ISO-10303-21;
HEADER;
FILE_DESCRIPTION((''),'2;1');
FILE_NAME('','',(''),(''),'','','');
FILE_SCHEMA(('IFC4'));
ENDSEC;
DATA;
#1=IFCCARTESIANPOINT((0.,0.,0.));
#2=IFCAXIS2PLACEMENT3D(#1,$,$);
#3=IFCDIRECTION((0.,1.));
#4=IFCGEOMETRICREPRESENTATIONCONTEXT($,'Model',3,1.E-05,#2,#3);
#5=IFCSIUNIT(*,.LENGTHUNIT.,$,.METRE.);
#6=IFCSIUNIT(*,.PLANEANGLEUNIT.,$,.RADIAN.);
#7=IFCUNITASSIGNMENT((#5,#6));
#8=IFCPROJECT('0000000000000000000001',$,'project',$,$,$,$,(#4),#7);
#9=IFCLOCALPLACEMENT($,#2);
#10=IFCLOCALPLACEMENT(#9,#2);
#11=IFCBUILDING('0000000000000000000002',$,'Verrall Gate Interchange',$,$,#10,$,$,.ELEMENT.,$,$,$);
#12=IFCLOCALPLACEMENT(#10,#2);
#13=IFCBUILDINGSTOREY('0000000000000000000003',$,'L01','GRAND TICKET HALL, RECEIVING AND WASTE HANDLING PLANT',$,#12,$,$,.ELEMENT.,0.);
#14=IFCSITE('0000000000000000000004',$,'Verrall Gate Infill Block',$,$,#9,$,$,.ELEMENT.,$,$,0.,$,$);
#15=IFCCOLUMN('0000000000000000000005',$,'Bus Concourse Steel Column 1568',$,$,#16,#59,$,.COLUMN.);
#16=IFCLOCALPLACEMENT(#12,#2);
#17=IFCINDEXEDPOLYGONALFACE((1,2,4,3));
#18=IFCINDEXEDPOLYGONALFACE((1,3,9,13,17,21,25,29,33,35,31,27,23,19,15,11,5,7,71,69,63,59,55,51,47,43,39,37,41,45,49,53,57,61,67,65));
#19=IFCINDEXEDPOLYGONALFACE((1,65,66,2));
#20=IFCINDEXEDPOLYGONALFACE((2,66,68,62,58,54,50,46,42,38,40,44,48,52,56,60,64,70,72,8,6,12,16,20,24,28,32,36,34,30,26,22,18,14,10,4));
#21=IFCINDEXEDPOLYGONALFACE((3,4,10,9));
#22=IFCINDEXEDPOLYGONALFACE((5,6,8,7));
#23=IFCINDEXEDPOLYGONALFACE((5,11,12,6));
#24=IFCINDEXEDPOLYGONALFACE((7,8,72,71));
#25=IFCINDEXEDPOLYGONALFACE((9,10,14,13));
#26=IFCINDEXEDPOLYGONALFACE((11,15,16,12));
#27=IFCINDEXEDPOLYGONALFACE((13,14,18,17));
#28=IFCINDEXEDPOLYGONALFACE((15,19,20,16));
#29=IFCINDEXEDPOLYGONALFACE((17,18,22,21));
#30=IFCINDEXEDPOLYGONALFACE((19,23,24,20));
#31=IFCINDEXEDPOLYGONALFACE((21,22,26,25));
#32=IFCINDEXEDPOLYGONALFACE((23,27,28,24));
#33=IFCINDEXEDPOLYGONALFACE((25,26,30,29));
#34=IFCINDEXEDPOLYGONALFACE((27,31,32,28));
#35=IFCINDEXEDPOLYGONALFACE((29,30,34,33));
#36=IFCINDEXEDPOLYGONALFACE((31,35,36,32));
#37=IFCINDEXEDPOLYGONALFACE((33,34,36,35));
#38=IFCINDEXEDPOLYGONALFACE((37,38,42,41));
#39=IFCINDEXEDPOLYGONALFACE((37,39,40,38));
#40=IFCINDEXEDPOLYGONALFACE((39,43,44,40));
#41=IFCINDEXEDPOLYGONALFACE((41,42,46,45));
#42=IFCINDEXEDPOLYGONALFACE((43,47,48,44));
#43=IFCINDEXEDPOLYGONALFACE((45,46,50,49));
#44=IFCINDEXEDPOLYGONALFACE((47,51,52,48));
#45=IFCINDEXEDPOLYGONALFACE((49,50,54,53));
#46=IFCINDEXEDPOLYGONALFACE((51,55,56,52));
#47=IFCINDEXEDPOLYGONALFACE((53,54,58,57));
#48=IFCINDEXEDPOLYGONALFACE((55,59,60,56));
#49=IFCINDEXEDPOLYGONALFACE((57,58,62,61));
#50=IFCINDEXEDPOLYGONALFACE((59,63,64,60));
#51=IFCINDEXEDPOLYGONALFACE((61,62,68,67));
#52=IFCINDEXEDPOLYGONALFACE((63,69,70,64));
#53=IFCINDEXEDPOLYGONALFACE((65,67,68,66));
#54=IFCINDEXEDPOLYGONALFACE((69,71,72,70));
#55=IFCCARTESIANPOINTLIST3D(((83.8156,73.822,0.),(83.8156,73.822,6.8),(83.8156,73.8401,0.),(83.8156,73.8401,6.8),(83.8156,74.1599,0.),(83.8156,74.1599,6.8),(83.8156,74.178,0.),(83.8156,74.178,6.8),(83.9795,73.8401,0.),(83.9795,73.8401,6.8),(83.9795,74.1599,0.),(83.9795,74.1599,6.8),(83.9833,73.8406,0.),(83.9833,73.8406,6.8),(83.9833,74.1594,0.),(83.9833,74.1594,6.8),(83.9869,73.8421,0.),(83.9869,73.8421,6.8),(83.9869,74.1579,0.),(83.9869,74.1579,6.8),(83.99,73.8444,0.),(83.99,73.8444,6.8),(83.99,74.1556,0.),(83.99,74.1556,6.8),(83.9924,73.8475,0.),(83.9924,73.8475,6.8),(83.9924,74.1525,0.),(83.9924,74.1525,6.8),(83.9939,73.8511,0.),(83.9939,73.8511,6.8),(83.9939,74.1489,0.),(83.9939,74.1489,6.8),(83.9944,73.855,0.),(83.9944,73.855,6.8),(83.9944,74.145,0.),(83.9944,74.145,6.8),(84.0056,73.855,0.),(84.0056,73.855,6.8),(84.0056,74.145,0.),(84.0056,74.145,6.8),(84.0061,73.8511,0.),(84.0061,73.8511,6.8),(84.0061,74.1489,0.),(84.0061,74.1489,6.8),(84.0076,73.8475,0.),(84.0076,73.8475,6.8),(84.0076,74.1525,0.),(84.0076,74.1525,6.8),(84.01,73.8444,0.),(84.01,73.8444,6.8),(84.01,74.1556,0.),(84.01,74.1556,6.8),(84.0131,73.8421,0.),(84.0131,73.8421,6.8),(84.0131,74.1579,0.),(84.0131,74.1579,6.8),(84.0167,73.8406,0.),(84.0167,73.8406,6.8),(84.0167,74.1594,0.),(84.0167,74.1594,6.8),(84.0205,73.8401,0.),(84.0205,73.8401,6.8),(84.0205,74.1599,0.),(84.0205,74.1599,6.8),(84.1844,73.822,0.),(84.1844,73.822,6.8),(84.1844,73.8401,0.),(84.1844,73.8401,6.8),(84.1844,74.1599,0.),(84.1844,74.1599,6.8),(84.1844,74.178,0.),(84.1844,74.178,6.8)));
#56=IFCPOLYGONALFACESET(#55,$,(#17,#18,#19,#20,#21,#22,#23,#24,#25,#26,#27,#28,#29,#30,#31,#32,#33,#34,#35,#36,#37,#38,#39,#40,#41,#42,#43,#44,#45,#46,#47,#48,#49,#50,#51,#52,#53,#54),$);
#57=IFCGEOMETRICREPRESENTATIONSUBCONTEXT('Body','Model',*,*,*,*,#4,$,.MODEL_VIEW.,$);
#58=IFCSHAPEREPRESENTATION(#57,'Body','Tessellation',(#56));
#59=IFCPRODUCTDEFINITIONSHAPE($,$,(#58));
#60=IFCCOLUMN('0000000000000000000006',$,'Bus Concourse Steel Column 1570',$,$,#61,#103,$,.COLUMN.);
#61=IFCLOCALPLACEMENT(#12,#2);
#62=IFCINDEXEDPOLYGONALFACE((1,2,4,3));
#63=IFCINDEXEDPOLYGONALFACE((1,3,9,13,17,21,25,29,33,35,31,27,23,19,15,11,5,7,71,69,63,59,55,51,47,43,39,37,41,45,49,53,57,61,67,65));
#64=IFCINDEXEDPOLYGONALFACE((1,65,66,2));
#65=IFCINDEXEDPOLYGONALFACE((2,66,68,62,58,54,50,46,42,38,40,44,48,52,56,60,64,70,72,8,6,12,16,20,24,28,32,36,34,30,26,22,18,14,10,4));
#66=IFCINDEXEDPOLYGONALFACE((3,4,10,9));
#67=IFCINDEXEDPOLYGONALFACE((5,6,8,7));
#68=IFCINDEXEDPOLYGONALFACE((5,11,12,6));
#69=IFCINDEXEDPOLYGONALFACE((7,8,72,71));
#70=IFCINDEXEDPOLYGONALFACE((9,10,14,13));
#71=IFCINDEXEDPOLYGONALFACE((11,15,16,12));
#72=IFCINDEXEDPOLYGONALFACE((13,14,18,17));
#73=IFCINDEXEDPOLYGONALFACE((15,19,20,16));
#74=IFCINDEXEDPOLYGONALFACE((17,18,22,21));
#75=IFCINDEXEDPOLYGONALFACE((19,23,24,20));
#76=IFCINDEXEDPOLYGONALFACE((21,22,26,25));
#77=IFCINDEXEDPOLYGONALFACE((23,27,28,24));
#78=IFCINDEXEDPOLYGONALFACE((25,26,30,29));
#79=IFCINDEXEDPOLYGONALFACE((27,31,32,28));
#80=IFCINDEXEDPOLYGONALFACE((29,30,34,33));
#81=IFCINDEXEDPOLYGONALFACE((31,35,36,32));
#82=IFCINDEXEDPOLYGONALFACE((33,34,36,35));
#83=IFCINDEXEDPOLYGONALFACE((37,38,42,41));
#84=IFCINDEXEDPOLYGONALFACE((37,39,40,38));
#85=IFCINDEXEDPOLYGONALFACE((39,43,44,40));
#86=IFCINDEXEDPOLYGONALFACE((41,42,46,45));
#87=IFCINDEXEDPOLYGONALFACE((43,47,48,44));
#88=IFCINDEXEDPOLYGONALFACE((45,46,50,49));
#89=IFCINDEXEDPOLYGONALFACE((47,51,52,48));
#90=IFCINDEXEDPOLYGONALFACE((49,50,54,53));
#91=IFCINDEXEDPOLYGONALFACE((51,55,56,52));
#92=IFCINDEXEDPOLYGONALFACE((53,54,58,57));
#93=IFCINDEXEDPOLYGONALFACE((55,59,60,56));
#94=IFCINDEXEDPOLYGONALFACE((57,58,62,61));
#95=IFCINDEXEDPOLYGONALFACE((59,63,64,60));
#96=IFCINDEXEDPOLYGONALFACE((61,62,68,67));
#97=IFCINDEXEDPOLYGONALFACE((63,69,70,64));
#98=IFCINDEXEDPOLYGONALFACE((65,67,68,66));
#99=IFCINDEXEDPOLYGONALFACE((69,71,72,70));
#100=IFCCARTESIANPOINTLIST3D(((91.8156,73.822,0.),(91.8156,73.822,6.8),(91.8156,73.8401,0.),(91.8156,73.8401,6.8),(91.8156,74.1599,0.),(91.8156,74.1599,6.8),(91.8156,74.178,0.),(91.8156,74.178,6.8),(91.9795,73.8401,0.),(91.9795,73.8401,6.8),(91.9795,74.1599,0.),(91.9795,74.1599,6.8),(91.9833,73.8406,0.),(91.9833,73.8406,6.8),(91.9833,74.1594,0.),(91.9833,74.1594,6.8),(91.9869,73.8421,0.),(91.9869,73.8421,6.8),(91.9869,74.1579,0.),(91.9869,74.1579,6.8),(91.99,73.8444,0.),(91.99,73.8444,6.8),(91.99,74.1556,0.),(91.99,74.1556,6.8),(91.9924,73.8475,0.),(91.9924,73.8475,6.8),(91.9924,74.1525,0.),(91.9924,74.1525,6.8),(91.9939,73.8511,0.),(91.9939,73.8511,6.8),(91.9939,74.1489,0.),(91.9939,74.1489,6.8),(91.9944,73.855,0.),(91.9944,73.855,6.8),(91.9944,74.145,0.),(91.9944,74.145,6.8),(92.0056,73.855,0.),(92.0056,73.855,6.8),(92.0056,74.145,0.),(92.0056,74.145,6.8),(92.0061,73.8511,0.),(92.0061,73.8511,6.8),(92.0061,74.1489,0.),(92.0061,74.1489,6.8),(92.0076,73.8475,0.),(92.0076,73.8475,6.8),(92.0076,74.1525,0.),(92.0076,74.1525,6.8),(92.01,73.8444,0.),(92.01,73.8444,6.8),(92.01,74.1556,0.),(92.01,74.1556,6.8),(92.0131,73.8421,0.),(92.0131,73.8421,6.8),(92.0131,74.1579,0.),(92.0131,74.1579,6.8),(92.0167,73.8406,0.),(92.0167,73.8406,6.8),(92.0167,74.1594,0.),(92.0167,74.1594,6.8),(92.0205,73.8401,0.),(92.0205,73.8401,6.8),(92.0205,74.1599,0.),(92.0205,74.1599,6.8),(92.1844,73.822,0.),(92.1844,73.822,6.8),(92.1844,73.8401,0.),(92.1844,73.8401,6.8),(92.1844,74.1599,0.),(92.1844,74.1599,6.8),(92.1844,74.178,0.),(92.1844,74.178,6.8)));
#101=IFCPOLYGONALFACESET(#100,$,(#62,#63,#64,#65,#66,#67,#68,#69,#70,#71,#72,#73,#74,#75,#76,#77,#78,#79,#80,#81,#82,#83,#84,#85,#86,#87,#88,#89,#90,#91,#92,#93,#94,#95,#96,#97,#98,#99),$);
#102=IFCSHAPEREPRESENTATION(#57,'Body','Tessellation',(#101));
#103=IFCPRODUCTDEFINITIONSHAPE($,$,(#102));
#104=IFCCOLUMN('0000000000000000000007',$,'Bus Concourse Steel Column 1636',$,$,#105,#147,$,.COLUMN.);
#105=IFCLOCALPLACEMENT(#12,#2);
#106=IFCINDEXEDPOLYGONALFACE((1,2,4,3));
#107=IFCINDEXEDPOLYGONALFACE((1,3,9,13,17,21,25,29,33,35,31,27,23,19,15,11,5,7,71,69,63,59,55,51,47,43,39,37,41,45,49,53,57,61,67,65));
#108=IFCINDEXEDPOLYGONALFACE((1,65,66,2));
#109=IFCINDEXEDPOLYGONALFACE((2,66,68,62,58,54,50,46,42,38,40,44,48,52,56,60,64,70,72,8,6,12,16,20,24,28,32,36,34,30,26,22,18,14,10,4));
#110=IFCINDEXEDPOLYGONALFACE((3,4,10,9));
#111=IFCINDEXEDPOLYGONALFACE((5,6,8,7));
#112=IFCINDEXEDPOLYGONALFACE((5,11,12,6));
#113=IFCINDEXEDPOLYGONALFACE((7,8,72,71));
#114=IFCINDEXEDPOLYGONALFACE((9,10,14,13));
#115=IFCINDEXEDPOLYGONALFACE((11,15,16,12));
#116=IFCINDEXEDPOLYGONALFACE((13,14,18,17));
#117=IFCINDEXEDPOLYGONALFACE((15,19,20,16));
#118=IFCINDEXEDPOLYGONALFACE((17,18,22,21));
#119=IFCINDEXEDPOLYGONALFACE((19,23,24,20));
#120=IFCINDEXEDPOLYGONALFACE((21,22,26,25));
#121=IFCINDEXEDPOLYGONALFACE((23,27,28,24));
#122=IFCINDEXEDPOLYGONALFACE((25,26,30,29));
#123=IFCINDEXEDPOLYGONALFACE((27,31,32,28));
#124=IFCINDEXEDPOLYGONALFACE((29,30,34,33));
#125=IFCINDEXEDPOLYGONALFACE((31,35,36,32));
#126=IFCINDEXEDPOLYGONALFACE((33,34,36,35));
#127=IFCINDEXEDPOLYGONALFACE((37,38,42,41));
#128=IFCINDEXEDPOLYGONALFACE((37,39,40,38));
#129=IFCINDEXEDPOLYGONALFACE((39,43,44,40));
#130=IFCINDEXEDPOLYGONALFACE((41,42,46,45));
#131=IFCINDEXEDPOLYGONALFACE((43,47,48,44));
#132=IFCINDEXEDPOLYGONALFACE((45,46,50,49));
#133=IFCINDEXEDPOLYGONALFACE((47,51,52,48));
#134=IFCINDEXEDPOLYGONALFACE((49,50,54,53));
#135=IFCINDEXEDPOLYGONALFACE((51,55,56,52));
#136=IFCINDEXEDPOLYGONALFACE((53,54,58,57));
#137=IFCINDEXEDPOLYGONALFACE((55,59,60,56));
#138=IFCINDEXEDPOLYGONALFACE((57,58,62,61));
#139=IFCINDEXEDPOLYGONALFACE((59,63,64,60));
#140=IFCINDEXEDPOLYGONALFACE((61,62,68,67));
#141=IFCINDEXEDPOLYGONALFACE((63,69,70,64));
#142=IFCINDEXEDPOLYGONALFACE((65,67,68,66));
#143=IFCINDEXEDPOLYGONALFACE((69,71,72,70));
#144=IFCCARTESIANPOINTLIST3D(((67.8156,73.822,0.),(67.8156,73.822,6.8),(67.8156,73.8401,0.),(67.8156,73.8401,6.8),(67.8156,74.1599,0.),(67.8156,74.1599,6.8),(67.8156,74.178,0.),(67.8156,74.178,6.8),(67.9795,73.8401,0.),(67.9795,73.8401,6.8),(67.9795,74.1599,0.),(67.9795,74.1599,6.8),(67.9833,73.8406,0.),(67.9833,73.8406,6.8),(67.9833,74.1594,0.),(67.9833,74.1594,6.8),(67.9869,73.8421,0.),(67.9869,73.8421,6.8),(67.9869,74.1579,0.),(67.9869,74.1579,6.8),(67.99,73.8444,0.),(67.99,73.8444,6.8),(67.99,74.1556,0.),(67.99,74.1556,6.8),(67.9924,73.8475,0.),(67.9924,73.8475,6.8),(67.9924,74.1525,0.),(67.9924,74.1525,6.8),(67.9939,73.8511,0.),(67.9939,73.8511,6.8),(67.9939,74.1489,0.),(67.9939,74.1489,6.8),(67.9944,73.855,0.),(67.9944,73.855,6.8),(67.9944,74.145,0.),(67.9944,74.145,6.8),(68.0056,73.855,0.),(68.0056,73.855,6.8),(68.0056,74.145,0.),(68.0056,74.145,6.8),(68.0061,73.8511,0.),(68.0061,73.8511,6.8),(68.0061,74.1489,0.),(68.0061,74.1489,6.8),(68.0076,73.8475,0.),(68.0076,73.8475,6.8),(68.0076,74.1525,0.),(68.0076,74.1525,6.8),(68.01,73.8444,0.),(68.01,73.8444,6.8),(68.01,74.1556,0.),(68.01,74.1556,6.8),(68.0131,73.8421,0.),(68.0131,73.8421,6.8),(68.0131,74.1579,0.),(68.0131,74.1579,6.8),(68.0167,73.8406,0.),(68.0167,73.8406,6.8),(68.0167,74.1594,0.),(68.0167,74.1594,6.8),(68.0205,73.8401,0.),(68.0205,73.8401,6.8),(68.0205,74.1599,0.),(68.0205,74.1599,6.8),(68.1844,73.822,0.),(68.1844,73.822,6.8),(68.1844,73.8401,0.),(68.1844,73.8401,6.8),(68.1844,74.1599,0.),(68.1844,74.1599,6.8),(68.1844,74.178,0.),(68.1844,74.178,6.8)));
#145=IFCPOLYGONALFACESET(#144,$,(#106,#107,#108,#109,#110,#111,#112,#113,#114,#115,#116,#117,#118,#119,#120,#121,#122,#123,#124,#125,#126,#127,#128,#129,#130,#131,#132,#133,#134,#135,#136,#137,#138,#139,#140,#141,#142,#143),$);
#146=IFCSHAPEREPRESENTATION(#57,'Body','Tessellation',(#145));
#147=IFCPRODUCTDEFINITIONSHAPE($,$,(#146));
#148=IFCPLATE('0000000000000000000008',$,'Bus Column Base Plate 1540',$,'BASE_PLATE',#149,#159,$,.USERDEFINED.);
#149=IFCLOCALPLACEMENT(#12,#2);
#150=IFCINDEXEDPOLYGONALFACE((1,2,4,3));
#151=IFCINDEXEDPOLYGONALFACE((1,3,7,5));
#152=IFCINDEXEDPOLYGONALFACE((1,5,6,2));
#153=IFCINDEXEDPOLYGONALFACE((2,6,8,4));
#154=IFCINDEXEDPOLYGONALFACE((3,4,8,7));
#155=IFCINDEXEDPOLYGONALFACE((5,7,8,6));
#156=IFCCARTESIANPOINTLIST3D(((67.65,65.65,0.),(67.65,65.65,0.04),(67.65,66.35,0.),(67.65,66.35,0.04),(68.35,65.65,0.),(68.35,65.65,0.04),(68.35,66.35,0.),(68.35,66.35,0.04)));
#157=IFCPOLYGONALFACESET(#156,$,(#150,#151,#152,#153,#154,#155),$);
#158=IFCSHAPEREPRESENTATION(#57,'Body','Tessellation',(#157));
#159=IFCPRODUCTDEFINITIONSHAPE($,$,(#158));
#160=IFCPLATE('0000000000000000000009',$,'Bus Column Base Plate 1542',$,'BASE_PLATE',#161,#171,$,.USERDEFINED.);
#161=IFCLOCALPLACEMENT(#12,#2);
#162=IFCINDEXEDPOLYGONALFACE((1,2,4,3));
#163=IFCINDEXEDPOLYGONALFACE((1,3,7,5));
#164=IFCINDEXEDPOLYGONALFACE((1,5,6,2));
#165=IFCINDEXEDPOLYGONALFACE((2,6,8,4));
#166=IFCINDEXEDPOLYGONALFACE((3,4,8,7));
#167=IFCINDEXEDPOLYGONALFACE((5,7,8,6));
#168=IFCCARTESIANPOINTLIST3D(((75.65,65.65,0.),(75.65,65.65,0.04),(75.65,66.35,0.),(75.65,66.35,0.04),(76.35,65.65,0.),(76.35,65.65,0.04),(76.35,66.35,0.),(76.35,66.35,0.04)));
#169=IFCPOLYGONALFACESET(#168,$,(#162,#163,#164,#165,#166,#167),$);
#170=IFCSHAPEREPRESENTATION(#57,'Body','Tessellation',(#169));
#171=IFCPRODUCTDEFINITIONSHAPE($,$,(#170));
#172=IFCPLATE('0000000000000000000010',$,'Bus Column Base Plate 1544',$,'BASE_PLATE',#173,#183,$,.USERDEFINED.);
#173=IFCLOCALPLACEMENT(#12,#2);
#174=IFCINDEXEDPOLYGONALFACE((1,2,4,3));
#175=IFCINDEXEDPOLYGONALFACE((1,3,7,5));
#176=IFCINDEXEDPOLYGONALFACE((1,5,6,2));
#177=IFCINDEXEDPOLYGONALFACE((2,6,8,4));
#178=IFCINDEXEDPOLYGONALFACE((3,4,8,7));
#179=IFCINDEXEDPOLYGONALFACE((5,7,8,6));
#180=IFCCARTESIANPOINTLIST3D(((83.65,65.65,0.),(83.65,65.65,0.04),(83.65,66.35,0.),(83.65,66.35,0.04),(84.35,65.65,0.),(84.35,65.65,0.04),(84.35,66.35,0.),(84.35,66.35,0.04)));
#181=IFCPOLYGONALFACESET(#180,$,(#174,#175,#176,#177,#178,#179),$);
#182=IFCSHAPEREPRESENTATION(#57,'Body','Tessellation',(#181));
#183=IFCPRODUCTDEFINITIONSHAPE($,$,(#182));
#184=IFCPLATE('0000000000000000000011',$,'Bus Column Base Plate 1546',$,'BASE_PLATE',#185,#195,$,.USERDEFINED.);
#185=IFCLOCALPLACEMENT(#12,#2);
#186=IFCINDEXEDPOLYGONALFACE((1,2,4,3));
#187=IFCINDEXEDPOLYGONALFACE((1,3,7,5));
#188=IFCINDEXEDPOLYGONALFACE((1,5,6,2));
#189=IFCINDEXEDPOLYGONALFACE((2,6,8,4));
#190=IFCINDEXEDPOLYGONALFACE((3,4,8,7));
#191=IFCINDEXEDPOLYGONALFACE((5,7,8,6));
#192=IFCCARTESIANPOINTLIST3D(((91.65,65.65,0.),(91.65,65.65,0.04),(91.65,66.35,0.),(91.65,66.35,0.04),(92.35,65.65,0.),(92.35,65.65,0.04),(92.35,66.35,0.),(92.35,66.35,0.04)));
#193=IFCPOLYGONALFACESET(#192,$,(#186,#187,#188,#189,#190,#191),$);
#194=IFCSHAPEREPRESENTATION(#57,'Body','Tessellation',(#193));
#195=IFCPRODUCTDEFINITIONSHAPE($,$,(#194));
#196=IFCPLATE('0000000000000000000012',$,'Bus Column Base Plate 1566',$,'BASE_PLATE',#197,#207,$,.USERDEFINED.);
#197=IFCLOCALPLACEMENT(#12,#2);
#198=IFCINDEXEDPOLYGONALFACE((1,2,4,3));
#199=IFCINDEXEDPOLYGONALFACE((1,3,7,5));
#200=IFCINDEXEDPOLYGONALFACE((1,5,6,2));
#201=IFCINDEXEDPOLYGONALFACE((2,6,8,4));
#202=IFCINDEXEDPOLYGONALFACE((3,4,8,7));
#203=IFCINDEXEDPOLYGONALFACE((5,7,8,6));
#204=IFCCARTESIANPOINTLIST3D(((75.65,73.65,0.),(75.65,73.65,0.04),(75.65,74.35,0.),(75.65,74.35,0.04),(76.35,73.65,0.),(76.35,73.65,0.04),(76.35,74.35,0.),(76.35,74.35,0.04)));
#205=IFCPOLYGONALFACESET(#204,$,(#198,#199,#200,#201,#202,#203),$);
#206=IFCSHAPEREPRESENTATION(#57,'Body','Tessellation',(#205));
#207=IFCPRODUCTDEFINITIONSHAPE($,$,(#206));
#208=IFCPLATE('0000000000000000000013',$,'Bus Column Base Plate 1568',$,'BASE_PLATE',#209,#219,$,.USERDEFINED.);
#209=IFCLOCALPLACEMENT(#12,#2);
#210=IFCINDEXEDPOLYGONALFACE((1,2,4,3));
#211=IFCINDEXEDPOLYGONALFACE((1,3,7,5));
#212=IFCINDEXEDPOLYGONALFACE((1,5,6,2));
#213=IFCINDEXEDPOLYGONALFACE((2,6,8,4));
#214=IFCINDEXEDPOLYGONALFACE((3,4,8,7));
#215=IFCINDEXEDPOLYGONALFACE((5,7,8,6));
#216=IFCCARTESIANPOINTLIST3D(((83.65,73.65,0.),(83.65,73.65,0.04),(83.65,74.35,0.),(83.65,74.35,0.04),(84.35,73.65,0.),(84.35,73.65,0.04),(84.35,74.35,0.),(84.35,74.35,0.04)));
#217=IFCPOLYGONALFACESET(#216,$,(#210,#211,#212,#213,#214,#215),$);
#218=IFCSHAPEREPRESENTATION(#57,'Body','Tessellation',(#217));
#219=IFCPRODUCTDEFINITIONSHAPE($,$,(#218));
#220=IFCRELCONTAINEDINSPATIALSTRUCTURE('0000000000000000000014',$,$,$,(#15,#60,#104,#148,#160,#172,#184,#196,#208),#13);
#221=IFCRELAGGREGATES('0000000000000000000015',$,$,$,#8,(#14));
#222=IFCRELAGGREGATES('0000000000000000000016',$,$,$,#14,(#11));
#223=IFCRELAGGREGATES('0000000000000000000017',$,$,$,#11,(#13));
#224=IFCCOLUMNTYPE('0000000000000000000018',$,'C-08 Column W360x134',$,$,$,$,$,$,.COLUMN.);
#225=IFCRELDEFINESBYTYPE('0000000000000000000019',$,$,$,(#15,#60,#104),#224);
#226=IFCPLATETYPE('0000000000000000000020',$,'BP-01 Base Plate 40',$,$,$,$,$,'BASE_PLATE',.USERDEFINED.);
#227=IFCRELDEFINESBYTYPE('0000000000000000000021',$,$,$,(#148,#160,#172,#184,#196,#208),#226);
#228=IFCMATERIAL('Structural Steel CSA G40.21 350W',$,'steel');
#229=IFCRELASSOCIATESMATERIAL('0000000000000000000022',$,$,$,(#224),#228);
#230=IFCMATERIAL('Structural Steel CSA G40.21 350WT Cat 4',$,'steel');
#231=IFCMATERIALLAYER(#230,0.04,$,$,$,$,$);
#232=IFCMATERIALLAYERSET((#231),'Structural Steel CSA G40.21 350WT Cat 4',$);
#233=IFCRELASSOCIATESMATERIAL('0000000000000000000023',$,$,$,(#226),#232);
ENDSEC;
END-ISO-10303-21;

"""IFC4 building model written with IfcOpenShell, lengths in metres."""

from ifc_helpers import new_model, si_unit, direction, frame, origin, origin_2d, place, context, subcontext, project, spatial, rectangle, i_section, extrude, material, layer, layer_set, material_profile, profile_set, type_object, element, save


model = new_model("IFC4")

# Units and contexts
model_context = context("Model", 3, precision=1e-05, world=origin(), true_north=direction((0.0, 1.0)))
body_context = subcontext(model_context, "Body", "Model", "MODEL_VIEW")
ifc_project = project(units=[si_unit("LENGTHUNIT", "METRE"), si_unit("PLANEANGLEUNIT", "RADIAN")], contexts=[model_context])

# Site, building, storey
site_placement = place(None, origin())
site = spatial("IfcSite", under=ifc_project, at=site_placement, Name="Verrall Gate Infill Block", CompositionType="ELEMENT", RefElevation=0.0)
building_placement = place(site_placement, origin())
building = spatial("IfcBuilding", under=site, at=building_placement, Name="Verrall Gate Interchange", CompositionType="ELEMENT")
storey_placement = place(building_placement, origin())
storey = spatial("IfcBuildingStorey", under=building, at=storey_placement, Name="L01", Description="GRAND TICKET HALL, RECEIVING AND WASTE HANDLING PLANT", CompositionType="ELEMENT", Elevation=0.0)

# Columns
ifc_material_1 = material(Name="Structural Steel CSA G40.21 350W", Category="steel")
ifc_material_profile = material_profile(ifc_material_1, i_section(OverallWidth=0.3689, OverallDepth=0.356, WebThickness=0.0112, FlangeThickness=0.0181, FilletRadius=0.0149, at=origin_2d()), Name="W360x134")
ifc_profile_set = profile_set([ifc_material_profile], Name="Structural Steel CSA G40.21 350W")
column_type = type_object("IfcColumnType", Name="C-08 Column W360x134", PredefinedType="COLUMN", material=ifc_profile_set)
for number, where, z_axis, x_axis, name in (
    (1, (84.0, 74.0, 0.0), (0.0, 0.0, 1.0), (1.0, 0.0, 0.0), "Bus Concourse Steel Column 1568"),
    (2, (92.0, 74.0, 0.0), (0.0, 0.0, 1.0), (1.0, 0.0, 0.0), "Bus Concourse Steel Column 1570"),
    (3, (68.0, 74.0, 0.0), (0.0, 0.0, 1.0), (1.0, 0.0, 0.0), "Bus Concourse Steel Column 1636"),
):
    element("IfcColumn", number, at=place(storey_placement, frame(where, z_axis=z_axis, x_axis=x_axis)), inside=storey, type_object=column_type, Name=name, PredefinedType="COLUMN", context=body_context, shape_type="SweptSolid", body=[
        extrude(i_section(OverallWidth=0.3689, OverallDepth=0.356, WebThickness=0.0112, FlangeThickness=0.0181, FilletRadius=0.0149, at=origin_2d()), origin(), (0.0, 0.0, 1.0), 6.8),
    ])

# Plates
ifc_material_2 = material(Name="Structural Steel CSA G40.21 350WT Cat 4", Category="steel")
ifc_layer_1 = layer(ifc_material_2, 0.04)
ifc_layer_set_1 = layer_set([ifc_layer_1], Name="Structural Steel CSA G40.21 350WT Cat 4")
plate_type_1 = type_object("IfcPlateType", Name="BP-01 Base Plate 40", ElementType="BASE_PLATE", PredefinedType="USERDEFINED", material=ifc_layer_set_1)
for number, where, z_axis, x_axis, name in (
    (4, (68.0, 66.0, 0.0), (0.0, 0.0, 1.0), (1.0, 0.0, 0.0), "Bus Column Base Plate 1540"),
    (5, (76.0, 66.0, 0.0), (0.0, 0.0, 1.0), (1.0, 0.0, 0.0), "Bus Column Base Plate 1542"),
    (6, (84.0, 66.0, 0.0), (0.0, 0.0, 1.0), (1.0, 0.0, 0.0), "Bus Column Base Plate 1544"),
    (7, (92.0, 66.0, 0.0), (0.0, 0.0, 1.0), (1.0, 0.0, 0.0), "Bus Column Base Plate 1546"),
    (8, (76.0, 74.0, 0.0), (0.0, 0.0, 1.0), (1.0, 0.0, 0.0), "Bus Column Base Plate 1566"),
    (9, (84.0, 74.0, 0.0), (0.0, 0.0, 1.0), (1.0, 0.0, 0.0), "Bus Column Base Plate 1568"),
):
    element("IfcPlate", number, at=place(storey_placement, frame(where, z_axis=z_axis, x_axis=x_axis)), inside=storey, type_object=plate_type_1, Name=name, ObjectType="BASE_PLATE", PredefinedType="USERDEFINED", context=body_context, shape_type="SweptSolid", body=[
        extrude(rectangle(XDim=0.7, YDim=0.7, at=origin_2d()), origin(), (0.0, 0.0, 1.0), 0.04),
    ])

save(model, "model.ifc")
